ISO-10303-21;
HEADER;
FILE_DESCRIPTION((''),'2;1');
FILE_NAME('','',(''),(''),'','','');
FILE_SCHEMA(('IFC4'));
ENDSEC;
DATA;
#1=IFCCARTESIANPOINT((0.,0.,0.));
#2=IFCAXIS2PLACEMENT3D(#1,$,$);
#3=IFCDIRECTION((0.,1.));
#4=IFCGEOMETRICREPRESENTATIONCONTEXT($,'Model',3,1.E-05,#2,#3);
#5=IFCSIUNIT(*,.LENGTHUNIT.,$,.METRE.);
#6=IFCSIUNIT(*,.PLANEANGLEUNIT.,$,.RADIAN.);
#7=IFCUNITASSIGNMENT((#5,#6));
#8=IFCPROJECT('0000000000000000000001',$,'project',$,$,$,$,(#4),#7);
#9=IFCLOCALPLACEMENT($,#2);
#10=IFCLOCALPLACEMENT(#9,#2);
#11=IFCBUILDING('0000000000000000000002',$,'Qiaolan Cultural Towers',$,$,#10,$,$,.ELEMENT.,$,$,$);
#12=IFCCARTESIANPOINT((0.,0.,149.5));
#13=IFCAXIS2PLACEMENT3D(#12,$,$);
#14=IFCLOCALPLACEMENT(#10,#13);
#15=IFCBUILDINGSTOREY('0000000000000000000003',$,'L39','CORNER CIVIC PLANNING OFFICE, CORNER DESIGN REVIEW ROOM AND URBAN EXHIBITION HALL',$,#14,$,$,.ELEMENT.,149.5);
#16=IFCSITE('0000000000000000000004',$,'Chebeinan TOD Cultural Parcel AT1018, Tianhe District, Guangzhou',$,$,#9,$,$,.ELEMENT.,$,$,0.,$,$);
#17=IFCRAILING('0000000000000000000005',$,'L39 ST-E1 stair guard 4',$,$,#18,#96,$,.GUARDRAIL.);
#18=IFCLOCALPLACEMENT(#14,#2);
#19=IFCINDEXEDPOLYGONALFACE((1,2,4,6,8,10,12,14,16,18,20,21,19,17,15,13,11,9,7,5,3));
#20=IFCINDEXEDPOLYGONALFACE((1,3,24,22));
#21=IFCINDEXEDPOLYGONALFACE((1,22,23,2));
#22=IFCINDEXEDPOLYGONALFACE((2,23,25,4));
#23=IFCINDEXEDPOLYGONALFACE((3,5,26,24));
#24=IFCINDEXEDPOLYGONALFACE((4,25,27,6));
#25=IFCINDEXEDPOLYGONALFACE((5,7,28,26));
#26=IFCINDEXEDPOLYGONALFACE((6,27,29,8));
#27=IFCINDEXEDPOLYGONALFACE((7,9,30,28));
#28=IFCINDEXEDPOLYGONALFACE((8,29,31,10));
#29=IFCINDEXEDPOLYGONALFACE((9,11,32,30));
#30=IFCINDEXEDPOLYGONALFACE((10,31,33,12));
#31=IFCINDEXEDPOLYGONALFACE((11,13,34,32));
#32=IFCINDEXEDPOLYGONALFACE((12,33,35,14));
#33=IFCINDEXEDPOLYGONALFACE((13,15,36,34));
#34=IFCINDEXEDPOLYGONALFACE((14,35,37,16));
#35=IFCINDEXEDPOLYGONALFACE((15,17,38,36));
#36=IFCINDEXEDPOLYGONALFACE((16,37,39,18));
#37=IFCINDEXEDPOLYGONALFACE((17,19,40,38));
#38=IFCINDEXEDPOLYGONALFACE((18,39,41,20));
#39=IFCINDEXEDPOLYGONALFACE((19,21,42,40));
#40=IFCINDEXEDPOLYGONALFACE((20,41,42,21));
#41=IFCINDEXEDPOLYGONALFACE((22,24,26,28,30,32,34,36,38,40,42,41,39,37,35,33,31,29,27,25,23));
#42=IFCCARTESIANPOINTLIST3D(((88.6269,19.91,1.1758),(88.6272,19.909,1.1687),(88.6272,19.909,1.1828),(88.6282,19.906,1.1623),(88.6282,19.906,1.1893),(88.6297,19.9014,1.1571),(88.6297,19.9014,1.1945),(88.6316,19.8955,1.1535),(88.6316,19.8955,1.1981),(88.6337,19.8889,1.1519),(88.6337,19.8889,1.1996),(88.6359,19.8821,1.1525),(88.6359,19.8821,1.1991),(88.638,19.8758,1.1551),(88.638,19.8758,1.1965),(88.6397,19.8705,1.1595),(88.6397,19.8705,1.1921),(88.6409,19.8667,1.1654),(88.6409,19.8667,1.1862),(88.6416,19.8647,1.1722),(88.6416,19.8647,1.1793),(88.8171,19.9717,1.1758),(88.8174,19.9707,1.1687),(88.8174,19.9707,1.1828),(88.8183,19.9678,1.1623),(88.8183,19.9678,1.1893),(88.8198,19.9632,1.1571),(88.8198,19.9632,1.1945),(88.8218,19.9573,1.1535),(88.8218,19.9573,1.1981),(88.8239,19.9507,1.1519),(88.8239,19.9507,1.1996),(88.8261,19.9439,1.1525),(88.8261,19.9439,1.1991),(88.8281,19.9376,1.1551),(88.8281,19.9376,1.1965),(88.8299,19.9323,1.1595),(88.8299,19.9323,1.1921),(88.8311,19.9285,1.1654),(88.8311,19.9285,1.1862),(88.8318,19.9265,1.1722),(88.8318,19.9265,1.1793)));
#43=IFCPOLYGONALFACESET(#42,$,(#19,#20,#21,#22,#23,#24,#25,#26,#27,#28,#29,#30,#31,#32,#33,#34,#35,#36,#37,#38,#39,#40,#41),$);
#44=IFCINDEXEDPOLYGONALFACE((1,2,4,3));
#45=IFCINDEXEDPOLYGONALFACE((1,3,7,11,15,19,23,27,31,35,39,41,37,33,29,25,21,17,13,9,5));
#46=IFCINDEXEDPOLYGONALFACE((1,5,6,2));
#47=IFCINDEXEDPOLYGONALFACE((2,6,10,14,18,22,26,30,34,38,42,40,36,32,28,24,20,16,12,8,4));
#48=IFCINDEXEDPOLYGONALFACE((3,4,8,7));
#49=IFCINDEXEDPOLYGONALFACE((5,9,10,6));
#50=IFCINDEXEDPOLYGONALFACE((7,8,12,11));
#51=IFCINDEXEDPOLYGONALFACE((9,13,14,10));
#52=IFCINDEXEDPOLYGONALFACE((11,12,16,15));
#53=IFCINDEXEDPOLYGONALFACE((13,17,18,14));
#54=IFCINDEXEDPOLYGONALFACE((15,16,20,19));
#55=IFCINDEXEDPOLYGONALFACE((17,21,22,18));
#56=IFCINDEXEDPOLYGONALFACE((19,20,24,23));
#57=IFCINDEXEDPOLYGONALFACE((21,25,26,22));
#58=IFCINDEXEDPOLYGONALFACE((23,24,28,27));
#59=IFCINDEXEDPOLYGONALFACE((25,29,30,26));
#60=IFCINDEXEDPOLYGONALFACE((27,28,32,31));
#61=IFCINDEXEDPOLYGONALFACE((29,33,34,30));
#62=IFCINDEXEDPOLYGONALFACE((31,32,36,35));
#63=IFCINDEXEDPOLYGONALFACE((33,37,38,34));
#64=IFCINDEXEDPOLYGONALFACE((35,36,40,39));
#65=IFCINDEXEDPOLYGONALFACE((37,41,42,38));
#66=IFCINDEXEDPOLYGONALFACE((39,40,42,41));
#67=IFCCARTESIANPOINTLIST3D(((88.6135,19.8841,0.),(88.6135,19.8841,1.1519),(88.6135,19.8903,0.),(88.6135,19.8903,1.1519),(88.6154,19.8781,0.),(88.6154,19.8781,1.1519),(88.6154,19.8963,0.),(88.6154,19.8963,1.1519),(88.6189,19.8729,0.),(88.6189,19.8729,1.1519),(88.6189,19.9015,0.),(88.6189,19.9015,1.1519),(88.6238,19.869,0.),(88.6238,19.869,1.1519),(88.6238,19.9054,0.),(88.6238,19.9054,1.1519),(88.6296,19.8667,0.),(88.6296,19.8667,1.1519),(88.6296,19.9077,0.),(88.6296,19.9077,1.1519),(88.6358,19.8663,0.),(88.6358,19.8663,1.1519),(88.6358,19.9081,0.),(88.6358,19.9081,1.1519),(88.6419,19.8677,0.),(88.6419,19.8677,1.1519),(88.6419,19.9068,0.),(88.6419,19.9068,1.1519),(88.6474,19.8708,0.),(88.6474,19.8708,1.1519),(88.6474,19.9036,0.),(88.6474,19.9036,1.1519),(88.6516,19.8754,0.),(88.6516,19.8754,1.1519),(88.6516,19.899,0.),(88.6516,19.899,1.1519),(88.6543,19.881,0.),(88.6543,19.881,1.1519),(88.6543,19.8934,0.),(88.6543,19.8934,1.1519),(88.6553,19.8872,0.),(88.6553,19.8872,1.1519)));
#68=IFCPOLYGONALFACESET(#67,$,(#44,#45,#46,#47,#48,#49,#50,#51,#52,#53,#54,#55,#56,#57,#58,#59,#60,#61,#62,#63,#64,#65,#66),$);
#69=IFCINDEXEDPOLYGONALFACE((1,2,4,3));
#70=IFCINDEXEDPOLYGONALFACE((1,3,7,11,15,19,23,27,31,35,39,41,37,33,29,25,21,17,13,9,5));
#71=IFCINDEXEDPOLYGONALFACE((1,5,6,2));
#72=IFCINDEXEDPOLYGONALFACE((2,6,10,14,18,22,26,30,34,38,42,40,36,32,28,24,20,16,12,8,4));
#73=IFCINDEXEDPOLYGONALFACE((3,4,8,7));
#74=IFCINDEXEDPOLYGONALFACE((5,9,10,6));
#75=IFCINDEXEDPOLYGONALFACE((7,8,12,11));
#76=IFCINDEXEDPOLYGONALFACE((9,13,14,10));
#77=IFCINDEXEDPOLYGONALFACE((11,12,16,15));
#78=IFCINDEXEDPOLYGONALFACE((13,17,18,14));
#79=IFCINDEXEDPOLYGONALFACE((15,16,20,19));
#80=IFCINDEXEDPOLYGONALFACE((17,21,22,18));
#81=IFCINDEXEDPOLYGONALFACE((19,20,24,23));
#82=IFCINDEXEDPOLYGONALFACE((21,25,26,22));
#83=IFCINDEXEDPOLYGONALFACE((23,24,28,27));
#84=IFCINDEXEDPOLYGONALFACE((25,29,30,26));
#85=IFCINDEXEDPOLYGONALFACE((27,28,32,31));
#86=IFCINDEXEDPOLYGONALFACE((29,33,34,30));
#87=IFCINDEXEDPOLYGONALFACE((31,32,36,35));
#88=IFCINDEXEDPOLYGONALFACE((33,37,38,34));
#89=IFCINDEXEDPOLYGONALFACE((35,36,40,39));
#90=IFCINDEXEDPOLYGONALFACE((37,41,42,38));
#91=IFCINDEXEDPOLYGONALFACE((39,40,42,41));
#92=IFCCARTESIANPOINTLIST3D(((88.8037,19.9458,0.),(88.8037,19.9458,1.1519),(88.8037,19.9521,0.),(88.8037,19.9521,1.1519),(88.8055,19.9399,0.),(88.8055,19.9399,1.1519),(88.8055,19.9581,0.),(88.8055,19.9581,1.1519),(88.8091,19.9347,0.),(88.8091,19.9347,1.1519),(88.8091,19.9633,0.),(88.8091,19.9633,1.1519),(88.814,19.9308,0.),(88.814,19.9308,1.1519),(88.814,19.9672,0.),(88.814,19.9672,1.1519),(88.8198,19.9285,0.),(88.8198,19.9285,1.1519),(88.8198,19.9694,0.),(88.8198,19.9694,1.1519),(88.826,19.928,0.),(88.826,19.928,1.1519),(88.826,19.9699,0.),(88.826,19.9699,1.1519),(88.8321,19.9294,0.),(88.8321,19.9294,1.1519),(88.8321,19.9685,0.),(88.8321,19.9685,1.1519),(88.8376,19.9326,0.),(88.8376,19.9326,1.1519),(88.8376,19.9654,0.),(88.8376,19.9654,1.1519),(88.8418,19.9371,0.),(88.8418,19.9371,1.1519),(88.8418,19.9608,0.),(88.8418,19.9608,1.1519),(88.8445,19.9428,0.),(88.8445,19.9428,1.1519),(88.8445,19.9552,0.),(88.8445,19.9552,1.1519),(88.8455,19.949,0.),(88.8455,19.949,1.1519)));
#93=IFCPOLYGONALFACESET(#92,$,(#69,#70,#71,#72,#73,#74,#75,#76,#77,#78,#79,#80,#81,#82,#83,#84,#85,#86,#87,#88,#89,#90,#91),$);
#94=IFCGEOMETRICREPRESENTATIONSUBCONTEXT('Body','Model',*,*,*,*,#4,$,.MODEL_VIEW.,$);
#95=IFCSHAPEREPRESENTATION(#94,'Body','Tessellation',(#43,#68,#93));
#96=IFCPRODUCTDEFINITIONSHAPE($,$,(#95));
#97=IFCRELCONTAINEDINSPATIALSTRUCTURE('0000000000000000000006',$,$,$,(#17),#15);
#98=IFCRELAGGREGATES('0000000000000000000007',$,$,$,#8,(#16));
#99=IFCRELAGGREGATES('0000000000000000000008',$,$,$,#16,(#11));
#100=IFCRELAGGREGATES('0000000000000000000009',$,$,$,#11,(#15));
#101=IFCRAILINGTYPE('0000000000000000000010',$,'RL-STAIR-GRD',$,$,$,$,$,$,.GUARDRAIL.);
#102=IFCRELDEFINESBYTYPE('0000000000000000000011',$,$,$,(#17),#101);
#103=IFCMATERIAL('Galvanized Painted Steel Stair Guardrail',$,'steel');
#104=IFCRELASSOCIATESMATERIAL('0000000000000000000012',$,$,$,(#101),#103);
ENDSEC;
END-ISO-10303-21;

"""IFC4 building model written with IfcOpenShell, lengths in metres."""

from ifc_helpers import new_model, si_unit, direction, frame, origin, origin_2d, place, context, subcontext, project, spatial, circle, extrude, material, type_object, element, save


model = new_model("IFC4")

# Units and contexts
model_context = context("Model", 3, precision=1e-05, world=origin(), true_north=direction((0.0, 1.0)))
body_context = subcontext(model_context, "Body", "Model", "MODEL_VIEW")
ifc_project = project(units=[si_unit("LENGTHUNIT", "METRE"), si_unit("PLANEANGLEUNIT", "RADIAN")], contexts=[model_context])

# Site, building, storey
site_placement = place(None, origin())
site = spatial("IfcSite", under=ifc_project, at=site_placement, Name="Chebeinan TOD Cultural Parcel AT1018, Tianhe District, Guangzhou", CompositionType="ELEMENT", RefElevation=0.0)
building_placement = place(site_placement, origin())
building = spatial("IfcBuilding", under=site, at=building_placement, Name="Qiaolan Cultural Towers", CompositionType="ELEMENT")
storey_placement = place(building_placement, frame((0.0, 0.0, 149.5)))
storey = spatial("IfcBuildingStorey", under=building, at=storey_placement, Name="L39", Description="CORNER CIVIC PLANNING OFFICE, CORNER DESIGN REVIEW ROOM AND URBAN EXHIBITION HALL", CompositionType="ELEMENT", Elevation=149.5)

# Railing
ifc_material_1 = material(Name="Galvanized Painted Steel Stair Guardrail", Category="steel")
railing_type_1 = type_object("IfcRailingType", Name="RL-STAIR-GRD", PredefinedType="GUARDRAIL", material=ifc_material_1)
railing_1_placement = place(storey_placement, frame((88.6343, 19.8872, 0.0)))
element("IfcRailing", 1, at=railing_1_placement, inside=storey, type_object=railing_type_1, Name="L39 ST-E1 stair guard 4", PredefinedType="GUARDRAIL", context=body_context, shape_type="SweptSolid", body=[
    extrude(circle(Radius=0.0239, at=origin_2d()), frame((0.0, 0.0, 1.1758), z_axis=(0.951097, 0.308893, 0.0), x_axis=(-0.308893, 0.951097, 0.0)), (0.0, 0.0, 1.0), 0.2),
    extrude(circle(Radius=0.021, at=origin_2d()), origin(), (0.0, 0.0, 1.0), 1.1519),
    extrude(circle(Radius=0.021, at=origin_2d()), frame((0.1902, 0.0618, 0.0)), (0.0, 0.0, 1.0), 1.1519),
])

save(model, "model.ifc")
